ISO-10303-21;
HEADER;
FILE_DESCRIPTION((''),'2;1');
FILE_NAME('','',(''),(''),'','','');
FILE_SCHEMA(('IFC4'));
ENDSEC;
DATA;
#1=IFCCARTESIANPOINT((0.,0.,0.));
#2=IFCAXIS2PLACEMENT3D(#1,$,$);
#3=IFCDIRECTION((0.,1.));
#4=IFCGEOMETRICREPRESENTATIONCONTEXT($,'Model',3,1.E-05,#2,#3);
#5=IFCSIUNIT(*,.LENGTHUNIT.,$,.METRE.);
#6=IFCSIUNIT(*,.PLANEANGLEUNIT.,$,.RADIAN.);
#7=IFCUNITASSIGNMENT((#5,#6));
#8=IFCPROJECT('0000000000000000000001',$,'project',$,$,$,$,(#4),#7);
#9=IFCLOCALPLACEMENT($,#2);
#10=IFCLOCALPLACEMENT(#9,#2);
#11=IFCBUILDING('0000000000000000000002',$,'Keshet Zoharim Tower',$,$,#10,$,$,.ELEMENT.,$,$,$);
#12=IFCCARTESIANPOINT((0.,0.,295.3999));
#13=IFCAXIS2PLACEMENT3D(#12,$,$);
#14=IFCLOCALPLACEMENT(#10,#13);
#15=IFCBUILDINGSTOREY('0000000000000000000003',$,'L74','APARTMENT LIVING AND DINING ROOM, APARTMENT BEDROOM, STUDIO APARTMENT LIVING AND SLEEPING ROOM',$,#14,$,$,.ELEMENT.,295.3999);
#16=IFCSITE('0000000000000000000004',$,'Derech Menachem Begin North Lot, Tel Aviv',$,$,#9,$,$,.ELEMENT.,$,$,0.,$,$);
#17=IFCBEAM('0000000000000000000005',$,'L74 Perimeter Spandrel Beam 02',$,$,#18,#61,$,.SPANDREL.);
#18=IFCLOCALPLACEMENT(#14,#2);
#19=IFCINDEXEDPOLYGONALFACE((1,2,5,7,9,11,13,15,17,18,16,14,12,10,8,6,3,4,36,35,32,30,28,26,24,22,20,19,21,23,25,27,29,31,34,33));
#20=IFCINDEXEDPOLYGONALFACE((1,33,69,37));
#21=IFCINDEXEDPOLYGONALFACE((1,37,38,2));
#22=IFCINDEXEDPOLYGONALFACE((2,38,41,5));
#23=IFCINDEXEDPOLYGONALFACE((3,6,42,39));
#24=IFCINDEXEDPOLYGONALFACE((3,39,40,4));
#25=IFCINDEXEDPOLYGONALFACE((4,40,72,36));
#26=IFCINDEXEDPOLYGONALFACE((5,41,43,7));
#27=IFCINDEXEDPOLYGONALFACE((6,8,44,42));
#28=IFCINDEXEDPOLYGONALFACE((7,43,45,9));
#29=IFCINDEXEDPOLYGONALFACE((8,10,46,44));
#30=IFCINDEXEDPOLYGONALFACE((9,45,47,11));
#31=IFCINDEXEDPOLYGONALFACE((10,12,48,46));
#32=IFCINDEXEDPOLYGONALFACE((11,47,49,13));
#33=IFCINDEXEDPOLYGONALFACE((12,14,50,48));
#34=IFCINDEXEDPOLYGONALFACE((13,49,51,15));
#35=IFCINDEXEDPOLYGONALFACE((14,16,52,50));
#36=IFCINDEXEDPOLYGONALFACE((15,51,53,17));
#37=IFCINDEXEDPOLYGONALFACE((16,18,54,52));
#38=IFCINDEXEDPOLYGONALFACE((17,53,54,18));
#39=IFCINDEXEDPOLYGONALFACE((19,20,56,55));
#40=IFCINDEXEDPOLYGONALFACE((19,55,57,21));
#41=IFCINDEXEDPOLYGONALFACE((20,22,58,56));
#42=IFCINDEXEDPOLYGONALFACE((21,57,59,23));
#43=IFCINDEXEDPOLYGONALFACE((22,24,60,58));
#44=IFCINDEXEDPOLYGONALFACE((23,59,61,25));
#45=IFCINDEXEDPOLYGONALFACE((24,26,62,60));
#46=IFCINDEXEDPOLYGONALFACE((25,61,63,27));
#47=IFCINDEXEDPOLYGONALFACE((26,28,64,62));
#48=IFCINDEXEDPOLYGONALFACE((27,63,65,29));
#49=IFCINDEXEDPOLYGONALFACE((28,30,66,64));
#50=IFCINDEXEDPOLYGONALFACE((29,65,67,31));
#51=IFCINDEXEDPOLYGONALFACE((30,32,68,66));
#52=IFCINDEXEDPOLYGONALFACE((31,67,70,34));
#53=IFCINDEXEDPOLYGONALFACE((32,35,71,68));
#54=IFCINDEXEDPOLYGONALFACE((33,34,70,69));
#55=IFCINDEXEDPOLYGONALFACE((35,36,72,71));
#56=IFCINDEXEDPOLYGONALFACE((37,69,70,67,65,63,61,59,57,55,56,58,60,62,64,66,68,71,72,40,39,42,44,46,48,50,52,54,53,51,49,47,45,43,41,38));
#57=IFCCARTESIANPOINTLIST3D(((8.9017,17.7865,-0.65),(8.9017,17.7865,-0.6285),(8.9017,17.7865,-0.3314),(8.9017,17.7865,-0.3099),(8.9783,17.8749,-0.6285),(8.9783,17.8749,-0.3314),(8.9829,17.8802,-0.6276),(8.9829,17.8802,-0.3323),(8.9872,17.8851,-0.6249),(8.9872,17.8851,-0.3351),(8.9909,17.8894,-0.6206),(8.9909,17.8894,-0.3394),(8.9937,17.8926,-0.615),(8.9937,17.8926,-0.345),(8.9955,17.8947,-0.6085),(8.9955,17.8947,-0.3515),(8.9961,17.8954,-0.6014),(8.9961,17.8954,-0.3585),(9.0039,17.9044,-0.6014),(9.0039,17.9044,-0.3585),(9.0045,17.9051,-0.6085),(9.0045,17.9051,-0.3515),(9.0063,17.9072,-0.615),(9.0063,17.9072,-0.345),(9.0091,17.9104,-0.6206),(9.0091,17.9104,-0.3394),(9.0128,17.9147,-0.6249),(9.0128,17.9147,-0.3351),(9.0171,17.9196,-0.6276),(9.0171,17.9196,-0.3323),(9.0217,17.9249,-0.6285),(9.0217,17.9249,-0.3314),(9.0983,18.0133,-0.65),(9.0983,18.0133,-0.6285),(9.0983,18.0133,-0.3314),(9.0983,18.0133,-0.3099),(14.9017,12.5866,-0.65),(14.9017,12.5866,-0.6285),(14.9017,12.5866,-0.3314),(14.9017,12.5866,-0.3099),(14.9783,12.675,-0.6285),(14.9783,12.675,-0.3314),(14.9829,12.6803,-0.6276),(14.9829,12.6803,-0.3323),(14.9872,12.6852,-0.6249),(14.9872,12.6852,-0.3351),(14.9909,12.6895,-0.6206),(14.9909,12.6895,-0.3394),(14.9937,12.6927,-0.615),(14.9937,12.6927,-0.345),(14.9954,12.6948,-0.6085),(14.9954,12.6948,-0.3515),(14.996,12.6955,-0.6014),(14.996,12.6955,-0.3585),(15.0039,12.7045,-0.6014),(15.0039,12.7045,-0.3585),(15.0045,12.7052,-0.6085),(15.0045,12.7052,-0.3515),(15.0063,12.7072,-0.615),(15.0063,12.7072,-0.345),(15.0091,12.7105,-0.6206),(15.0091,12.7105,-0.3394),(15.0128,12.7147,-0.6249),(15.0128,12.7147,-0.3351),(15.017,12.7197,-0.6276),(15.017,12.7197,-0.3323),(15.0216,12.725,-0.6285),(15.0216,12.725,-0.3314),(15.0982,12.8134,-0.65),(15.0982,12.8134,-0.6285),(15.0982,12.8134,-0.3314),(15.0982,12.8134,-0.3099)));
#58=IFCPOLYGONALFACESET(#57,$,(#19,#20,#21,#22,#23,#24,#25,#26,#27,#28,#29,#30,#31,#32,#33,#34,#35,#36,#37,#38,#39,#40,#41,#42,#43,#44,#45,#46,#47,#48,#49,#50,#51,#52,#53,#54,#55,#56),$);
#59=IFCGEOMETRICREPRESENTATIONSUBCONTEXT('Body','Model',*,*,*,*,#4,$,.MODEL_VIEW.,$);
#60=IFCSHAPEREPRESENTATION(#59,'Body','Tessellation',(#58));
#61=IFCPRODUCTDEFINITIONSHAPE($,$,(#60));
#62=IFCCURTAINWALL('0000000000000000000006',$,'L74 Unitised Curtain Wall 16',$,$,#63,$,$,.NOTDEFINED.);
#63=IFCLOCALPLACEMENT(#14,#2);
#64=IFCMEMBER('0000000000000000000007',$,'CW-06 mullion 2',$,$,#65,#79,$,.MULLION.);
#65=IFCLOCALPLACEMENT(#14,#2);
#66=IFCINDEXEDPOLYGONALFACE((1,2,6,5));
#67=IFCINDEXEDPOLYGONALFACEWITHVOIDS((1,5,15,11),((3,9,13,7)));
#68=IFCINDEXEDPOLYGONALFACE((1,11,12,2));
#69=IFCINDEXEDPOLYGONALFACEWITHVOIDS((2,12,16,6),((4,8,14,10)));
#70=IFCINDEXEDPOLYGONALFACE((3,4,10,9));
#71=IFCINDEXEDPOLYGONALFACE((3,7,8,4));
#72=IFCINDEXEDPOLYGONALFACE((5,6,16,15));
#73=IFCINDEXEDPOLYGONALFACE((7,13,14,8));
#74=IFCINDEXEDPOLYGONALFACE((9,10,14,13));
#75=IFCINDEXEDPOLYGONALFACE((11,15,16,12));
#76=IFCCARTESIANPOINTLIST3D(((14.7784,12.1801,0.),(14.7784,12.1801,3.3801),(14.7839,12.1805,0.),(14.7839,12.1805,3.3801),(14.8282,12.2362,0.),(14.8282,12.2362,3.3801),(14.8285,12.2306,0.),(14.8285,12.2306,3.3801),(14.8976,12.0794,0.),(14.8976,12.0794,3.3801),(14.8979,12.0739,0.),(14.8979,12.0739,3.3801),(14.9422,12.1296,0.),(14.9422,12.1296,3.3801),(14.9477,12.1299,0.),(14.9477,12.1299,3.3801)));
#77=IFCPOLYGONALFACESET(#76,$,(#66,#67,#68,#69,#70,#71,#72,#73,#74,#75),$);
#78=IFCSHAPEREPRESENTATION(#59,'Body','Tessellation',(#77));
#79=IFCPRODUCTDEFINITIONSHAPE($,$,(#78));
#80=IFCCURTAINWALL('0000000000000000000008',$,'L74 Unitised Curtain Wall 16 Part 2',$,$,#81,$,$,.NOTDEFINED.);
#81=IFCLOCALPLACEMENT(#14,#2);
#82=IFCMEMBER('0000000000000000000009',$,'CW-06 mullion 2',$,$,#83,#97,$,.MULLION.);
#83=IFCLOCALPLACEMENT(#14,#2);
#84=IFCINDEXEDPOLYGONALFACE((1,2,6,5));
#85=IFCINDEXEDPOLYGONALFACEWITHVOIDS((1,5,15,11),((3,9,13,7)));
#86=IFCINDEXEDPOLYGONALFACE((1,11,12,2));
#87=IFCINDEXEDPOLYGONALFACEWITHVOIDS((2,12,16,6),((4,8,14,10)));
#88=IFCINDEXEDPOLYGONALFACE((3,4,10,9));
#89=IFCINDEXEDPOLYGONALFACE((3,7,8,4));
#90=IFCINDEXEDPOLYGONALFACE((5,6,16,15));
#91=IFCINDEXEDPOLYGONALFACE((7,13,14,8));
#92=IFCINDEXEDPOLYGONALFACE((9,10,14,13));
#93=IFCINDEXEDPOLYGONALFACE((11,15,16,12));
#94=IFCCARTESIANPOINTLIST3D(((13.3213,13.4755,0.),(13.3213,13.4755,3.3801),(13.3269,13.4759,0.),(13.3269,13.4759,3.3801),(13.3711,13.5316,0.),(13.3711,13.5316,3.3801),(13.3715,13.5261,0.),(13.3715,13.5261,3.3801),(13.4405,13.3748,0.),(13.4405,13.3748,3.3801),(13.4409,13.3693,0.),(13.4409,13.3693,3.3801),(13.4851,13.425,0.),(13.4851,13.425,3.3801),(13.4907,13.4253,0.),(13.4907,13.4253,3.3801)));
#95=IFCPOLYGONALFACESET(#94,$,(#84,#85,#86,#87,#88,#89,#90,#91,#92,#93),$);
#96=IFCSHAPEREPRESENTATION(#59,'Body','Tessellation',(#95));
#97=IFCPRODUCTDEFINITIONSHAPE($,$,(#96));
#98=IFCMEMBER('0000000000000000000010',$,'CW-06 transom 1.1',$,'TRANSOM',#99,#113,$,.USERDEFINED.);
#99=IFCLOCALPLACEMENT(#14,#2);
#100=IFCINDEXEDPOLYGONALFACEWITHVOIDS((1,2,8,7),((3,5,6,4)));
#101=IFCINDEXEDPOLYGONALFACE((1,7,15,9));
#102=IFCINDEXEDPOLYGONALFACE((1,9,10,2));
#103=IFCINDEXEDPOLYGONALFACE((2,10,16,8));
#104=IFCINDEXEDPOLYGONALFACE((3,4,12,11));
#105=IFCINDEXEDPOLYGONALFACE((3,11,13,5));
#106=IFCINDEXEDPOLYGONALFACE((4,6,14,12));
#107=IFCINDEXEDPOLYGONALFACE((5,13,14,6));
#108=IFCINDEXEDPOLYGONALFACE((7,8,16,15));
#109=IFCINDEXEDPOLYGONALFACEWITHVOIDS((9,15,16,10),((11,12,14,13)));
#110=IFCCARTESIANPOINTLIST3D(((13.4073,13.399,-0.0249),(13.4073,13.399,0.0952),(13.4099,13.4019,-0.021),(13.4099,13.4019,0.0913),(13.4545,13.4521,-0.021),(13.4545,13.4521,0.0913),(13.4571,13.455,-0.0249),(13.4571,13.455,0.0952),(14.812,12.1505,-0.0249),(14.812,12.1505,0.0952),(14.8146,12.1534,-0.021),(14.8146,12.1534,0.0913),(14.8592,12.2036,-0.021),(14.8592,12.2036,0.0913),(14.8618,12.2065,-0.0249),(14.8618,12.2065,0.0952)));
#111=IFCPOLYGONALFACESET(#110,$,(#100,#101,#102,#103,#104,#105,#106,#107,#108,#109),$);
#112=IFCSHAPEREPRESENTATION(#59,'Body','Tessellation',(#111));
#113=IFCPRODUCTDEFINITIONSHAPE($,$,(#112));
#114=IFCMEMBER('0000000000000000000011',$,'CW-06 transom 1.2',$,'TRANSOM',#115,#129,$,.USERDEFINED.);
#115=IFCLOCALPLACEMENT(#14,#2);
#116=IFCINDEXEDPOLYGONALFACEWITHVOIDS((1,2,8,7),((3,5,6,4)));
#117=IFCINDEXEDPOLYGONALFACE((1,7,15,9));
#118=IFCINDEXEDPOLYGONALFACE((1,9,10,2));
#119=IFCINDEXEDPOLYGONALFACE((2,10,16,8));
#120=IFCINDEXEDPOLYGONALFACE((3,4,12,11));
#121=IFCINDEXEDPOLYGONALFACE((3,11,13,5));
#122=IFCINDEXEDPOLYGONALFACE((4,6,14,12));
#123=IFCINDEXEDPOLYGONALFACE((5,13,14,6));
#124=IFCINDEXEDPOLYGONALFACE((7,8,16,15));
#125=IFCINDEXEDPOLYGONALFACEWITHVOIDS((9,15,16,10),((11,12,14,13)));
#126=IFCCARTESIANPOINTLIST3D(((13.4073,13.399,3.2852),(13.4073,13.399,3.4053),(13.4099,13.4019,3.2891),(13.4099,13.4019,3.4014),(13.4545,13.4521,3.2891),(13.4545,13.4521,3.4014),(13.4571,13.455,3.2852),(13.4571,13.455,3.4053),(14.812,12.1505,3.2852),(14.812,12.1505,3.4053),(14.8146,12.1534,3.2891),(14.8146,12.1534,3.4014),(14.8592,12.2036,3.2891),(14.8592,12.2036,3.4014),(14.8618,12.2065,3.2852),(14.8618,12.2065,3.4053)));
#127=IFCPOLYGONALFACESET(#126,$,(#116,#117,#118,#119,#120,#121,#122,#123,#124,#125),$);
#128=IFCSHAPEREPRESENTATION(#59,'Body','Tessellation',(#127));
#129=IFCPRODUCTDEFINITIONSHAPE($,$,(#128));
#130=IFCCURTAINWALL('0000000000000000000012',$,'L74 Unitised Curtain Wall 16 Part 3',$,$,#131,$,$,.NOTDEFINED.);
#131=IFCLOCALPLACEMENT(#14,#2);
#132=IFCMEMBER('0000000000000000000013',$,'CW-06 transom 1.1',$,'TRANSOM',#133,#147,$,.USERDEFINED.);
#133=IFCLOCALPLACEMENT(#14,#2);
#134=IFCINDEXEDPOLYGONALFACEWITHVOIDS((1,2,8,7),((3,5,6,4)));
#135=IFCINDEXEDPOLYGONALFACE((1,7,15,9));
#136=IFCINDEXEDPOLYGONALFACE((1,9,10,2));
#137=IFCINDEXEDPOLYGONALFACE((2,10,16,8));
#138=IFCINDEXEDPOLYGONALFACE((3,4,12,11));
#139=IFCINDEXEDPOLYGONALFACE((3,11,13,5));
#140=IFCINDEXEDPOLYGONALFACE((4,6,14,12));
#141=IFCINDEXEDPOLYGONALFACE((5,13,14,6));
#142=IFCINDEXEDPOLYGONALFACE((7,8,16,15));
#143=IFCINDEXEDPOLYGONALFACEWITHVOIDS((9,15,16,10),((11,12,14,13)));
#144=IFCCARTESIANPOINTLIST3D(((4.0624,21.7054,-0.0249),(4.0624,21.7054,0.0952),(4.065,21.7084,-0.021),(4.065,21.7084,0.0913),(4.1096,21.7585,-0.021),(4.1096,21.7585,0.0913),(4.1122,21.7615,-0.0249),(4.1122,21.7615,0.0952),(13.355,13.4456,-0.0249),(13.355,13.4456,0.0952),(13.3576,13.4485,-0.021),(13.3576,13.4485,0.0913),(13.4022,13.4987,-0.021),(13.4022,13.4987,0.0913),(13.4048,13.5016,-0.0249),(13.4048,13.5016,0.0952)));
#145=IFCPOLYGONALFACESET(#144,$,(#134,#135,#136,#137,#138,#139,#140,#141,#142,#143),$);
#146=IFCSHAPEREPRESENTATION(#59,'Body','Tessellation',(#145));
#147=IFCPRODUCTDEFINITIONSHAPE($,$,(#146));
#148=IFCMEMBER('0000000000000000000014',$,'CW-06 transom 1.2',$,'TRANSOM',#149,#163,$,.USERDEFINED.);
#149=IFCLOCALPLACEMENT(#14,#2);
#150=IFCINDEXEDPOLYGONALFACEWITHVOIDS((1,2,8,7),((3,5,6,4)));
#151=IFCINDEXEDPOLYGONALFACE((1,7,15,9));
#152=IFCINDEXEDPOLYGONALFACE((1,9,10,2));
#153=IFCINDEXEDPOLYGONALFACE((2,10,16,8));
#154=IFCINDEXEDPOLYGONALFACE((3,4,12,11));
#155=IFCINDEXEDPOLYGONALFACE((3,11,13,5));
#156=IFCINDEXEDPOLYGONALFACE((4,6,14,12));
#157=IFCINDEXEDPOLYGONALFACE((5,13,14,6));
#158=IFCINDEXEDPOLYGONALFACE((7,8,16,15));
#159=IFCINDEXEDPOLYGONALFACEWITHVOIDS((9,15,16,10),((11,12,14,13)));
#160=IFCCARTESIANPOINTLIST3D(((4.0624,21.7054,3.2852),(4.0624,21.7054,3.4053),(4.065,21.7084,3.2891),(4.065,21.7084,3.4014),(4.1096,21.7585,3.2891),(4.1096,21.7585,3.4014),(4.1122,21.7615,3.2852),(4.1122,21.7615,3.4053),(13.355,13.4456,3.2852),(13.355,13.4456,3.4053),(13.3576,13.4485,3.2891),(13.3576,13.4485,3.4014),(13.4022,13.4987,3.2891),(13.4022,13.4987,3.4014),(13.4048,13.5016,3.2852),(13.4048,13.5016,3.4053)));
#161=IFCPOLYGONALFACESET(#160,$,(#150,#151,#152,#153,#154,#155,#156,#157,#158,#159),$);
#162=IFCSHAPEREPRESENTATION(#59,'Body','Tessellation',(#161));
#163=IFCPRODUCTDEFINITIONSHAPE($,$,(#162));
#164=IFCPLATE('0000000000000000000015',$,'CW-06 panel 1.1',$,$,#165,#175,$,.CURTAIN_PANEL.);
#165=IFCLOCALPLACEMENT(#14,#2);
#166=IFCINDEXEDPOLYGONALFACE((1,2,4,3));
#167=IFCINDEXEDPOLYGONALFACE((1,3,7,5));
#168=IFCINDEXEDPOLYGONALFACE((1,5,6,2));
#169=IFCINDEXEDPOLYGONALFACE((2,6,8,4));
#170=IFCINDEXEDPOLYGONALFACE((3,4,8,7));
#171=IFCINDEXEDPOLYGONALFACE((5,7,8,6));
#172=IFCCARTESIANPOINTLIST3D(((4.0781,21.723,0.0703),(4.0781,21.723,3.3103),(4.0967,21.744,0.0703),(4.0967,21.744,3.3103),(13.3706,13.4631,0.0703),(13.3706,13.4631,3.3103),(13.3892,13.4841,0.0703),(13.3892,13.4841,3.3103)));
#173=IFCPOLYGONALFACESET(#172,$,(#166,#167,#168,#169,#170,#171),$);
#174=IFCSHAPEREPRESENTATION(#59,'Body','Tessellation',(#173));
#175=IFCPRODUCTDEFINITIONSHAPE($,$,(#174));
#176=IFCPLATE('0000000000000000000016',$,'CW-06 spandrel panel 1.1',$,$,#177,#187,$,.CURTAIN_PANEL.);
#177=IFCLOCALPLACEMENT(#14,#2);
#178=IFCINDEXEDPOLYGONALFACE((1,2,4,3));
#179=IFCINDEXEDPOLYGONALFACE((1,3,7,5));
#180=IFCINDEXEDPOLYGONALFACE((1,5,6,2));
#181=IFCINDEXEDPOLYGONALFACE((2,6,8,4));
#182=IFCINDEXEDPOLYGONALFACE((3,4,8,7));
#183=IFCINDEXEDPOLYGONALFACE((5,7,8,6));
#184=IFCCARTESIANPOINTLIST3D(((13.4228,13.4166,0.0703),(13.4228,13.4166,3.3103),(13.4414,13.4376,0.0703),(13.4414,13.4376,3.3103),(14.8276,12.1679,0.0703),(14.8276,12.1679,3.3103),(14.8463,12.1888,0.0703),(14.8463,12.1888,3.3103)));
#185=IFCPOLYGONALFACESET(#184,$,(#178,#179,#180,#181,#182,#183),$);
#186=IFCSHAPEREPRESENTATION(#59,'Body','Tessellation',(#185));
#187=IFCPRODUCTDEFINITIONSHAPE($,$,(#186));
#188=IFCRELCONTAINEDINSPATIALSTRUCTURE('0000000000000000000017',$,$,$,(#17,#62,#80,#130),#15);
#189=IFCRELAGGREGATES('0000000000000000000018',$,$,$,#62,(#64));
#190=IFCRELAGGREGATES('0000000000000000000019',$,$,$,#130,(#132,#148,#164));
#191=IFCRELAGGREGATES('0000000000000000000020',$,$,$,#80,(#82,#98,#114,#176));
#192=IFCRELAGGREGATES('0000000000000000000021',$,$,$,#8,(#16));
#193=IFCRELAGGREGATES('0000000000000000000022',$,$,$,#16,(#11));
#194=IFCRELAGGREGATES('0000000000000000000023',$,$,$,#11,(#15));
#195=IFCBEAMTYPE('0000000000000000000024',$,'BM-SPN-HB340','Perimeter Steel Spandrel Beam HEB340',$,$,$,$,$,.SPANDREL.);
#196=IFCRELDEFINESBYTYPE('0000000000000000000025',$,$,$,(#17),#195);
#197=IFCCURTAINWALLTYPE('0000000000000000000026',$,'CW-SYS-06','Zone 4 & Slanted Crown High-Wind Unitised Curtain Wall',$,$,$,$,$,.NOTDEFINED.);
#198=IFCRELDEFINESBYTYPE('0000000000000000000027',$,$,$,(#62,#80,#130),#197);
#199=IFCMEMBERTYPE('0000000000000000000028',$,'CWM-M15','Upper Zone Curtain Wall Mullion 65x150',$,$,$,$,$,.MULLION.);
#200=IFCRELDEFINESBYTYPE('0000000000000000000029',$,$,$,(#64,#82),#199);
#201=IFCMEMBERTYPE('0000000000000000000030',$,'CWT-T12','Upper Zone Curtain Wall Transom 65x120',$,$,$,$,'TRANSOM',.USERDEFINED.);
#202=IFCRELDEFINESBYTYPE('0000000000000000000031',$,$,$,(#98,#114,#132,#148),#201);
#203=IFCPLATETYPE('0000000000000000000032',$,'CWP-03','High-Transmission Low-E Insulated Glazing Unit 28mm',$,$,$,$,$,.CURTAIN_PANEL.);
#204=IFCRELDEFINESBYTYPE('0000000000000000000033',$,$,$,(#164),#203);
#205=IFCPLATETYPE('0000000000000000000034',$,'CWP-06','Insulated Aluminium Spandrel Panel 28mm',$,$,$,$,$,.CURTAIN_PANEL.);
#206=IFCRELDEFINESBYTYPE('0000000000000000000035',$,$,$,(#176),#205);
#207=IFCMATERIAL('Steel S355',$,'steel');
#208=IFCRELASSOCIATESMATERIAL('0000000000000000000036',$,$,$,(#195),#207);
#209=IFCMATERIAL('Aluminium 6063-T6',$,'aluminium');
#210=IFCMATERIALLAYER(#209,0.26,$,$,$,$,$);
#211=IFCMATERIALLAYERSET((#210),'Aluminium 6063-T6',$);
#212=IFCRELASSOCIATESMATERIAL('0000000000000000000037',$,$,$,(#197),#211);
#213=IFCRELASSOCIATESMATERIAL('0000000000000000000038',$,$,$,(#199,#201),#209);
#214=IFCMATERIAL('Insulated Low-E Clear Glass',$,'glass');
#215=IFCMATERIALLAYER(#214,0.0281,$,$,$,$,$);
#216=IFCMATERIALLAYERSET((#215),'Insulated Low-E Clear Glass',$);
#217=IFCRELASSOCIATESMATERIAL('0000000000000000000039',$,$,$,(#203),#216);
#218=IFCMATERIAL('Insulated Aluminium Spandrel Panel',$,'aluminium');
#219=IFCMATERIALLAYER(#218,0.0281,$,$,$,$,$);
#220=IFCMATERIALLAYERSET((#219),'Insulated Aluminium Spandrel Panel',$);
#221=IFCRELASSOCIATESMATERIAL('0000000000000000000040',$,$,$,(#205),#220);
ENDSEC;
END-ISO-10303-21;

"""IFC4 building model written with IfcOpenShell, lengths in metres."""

from ifc_helpers import new_model, si_unit, direction, frame, origin, origin_2d, place, context, subcontext, project, spatial, rectangle, hollow_rectangle, i_section, extrude, material, layer, layer_set, material_profile, profile_set, type_object, element, aggregate, save


model = new_model("IFC4")

# Units and contexts
model_context = context("Model", 3, precision=1e-05, world=origin(), true_north=direction((0.0, 1.0)))
body_context = subcontext(model_context, "Body", "Model", "MODEL_VIEW")
ifc_project = project(units=[si_unit("LENGTHUNIT", "METRE"), si_unit("PLANEANGLEUNIT", "RADIAN")], contexts=[model_context])

# Site, building, storey
site_placement = place(None, origin())
site = spatial("IfcSite", under=ifc_project, at=site_placement, Name="Derech Menachem Begin North Lot, Tel Aviv", CompositionType="ELEMENT", RefElevation=0.0)
building_placement = place(site_placement, origin())
building = spatial("IfcBuilding", under=site, at=building_placement, Name="Keshet Zoharim Tower", CompositionType="ELEMENT")
storey_placement = place(building_placement, frame((0.0, 0.0, 295.3999)))
storey = spatial("IfcBuildingStorey", under=building, at=storey_placement, Name="L74", Description="APARTMENT LIVING AND DINING ROOM, APARTMENT BEDROOM, STUDIO APARTMENT LIVING AND SLEEPING ROOM", CompositionType="ELEMENT", Elevation=295.3999)

# Shared definitions
ifc_material_1 = material(Name="Steel S355", Category="steel")

# Beam
ifc_material_profile_1 = material_profile(ifc_material_1, i_section(OverallWidth=0.3, OverallDepth=0.3401, WebThickness=0.012, FlangeThickness=0.0215, FilletRadius=0.0271, at=origin_2d()), Name="HEB340")
ifc_profile_set_1 = profile_set([ifc_material_profile_1], Name="Steel S355")
beam_type_1 = type_object("IfcBeamType", Name="BM-SPN-HB340", Description="Perimeter Steel Spandrel Beam HEB340", PredefinedType="SPANDREL", material=ifc_profile_set_1)
beam_1_placement = place(storey_placement, frame((9.0, 17.8999, -0.48), z_axis=(0.755692, -0.654927, 0.0), x_axis=(0.654927, 0.755692, 0.0)))
element("IfcBeam", 1, at=beam_1_placement, inside=storey, type_object=beam_type_1, Name="L74 Perimeter Spandrel Beam 02", PredefinedType="SPANDREL", context=body_context, shape_type="SweptSolid", body=[
    extrude(i_section(OverallWidth=0.3, OverallDepth=0.3401, WebThickness=0.012, FlangeThickness=0.0215, FilletRadius=0.0271, at=origin_2d()), origin(), (0.0, 0.0, 1.0), 7.9397),
])

# Curtain wall, member
ifc_material_2 = material(Name="Aluminium 6063-T6", Category="aluminium")
ifc_layer_1 = layer(ifc_material_2, 0.26)
ifc_layer_set_1 = layer_set([ifc_layer_1], Name="Aluminium 6063-T6")
curtain_wall_type = type_object("IfcCurtainWallType", Name="CW-SYS-06", Description="Zone 4 & Slanted Crown High-Wind Unitised Curtain Wall", PredefinedType="NOTDEFINED", material=ifc_layer_set_1)
curtain_wall_1_placement = place(storey_placement, origin())
curtain_wall_1 = element("IfcCurtainWall", 2, at=curtain_wall_1_placement, inside=storey, type_object=curtain_wall_type, Name="L74 Unitised Curtain Wall 16", PredefinedType="NOTDEFINED")
ifc_material_profile_2 = material_profile(ifc_material_2, hollow_rectangle(XDim=0.075, YDim=0.1599, WallThickness=0.0039, at=origin_2d()), Name="MUL-75x160")
ifc_profile_set_2 = profile_set([ifc_material_profile_2], Name="Aluminium 6063-T6")
member_type_1 = type_object("IfcMemberType", Name="CWM-M15", Description="Upper Zone Curtain Wall Mullion 65x150", PredefinedType="MULLION", material=ifc_profile_set_2)
member_1_placement = place(storey_placement, frame((14.863, 12.155, 0.0), z_axis=(0.0, 0.0, 1.0), x_axis=(-0.664362, -0.747411, 0.0)))
member_1 = element("IfcMember", 3, at=member_1_placement, type_object=member_type_1, Name="CW-06 mullion 2", PredefinedType="MULLION", context=body_context, shape_type="SweptSolid", body=[
    extrude(hollow_rectangle(XDim=0.075, YDim=0.1599, WallThickness=0.0039, at=origin_2d()), origin(), (0.0, 0.0, 1.0), 3.3801),
])
aggregate(curtain_wall_1, [member_1])

# Curtain wall, members
curtain_wall_2_placement = place(storey_placement, origin())
curtain_wall_2 = element("IfcCurtainWall", 4, at=curtain_wall_2_placement, inside=storey, type_object=curtain_wall_type, Name="L74 Unitised Curtain Wall 16 Part 2", PredefinedType="NOTDEFINED")
member_2_placement = place(storey_placement, frame((13.406, 13.4504, 0.0), z_axis=(0.0, 0.0, 1.0), x_axis=(-0.664364, -0.747409, 0.0)))
member_2 = element("IfcMember", 5, at=member_2_placement, type_object=member_type_1, Name="CW-06 mullion 2", PredefinedType="MULLION", context=body_context, shape_type="SweptSolid", body=[
    extrude(hollow_rectangle(XDim=0.075, YDim=0.1599, WallThickness=0.0039, at=origin_2d()), origin(), (0.0, 0.0, 1.0), 3.3801),
])
ifc_material_profile_3 = material_profile(ifc_material_2, hollow_rectangle(XDim=0.075, YDim=0.1201, WallThickness=0.0039, at=origin_2d()), Name="TRN-75x120")
ifc_profile_set_3 = profile_set([ifc_material_profile_3], Name="Aluminium 6063-T6")
member_type_2 = type_object("IfcMemberType", Name="CWT-T12", Description="Upper Zone Curtain Wall Transom 65x120", ElementType="TRANSOM", PredefinedType="USERDEFINED", material=ifc_profile_set_3)
member_3_placement = place(storey_placement, frame((14.8369, 12.1785, 0.0352), z_axis=(-0.747452, 0.664315, 0.0), x_axis=(-0.664315, -0.747452, 0.0)))
member_3 = element("IfcMember", 6, at=member_3_placement, type_object=member_type_2, Name="CW-06 transom 1.1", ObjectType="TRANSOM", PredefinedType="USERDEFINED", context=body_context, shape_type="SweptSolid", body=[
    extrude(hollow_rectangle(XDim=0.075, YDim=0.1201, WallThickness=0.0039, at=origin_2d()), origin(), (0.0, 0.0, 1.0), 1.8794),
])
member_4_placement = place(storey_placement, frame((14.8369, 12.1785, 3.3452), z_axis=(-0.747452, 0.664315, 0.0), x_axis=(-0.664315, -0.747452, 0.0)))
member_4 = element("IfcMember", 7, at=member_4_placement, type_object=member_type_2, Name="CW-06 transom 1.2", ObjectType="TRANSOM", PredefinedType="USERDEFINED", context=body_context, shape_type="SweptSolid", body=[
    extrude(hollow_rectangle(XDim=0.075, YDim=0.1201, WallThickness=0.0039, at=origin_2d()), origin(), (0.0, 0.0, 1.0), 1.8794),
])

# Curtain wall, members, plate
curtain_wall_3_placement = place(storey_placement, origin())
curtain_wall_3 = element("IfcCurtainWall", 8, at=curtain_wall_3_placement, inside=storey, type_object=curtain_wall_type, Name="L74 Unitised Curtain Wall 16 Part 3", PredefinedType="NOTDEFINED")
member_5_placement = place(storey_placement, frame((13.3799, 13.4736, 0.0352), z_axis=(-0.747418, 0.664354, 0.0), x_axis=(-0.664354, -0.747418, 0.0)))
member_5 = element("IfcMember", 9, at=member_5_placement, type_object=member_type_2, Name="CW-06 transom 1.1", ObjectType="TRANSOM", PredefinedType="USERDEFINED", context=body_context, shape_type="SweptSolid", body=[
    extrude(hollow_rectangle(XDim=0.075, YDim=0.1201, WallThickness=0.0039, at=origin_2d()), origin(), (0.0, 0.0, 1.0), 12.4329),
])
member_6_placement = place(storey_placement, frame((13.3799, 13.4736, 3.3452), z_axis=(-0.747418, 0.664354, 0.0), x_axis=(-0.664354, -0.747418, 0.0)))
member_6 = element("IfcMember", 10, at=member_6_placement, type_object=member_type_2, Name="CW-06 transom 1.2", ObjectType="TRANSOM", PredefinedType="USERDEFINED", context=body_context, shape_type="SweptSolid", body=[
    extrude(hollow_rectangle(XDim=0.075, YDim=0.1201, WallThickness=0.0039, at=origin_2d()), origin(), (0.0, 0.0, 1.0), 12.4329),
])
ifc_material_3 = material(Name="Insulated Low-E Clear Glass", Category="glass")
ifc_layer_2 = layer(ifc_material_3, 0.0281)
ifc_layer_set_2 = layer_set([ifc_layer_2], Name="Insulated Low-E Clear Glass")
plate_type_1 = type_object("IfcPlateType", Name="CWP-03", Description="High-Transmission Low-E Insulated Glazing Unit 28mm", PredefinedType="CURTAIN_PANEL", material=ifc_layer_set_2)
plate_1_placement = place(storey_placement, frame((8.7336, 17.6035, 0.0703), z_axis=(0.0, 0.0, 1.0), x_axis=(-0.747413, 0.66436, 0.0)))
plate_1 = element("IfcPlate", 11, at=plate_1_placement, type_object=plate_type_1, Name="CW-06 panel 1.1", PredefinedType="CURTAIN_PANEL", context=body_context, shape_type="SweptSolid", body=[
    extrude(rectangle(XDim=12.4329, YDim=0.0281, at=origin_2d()), origin(), (0.0, 0.0, 1.0), 3.24),
])
aggregate(curtain_wall_3, [member_5, member_6, plate_1])

# Plate
ifc_material_4 = material(Name="Insulated Aluminium Spandrel Panel", Category="aluminium")
ifc_layer_3 = layer(ifc_material_4, 0.0281)
ifc_layer_set_3 = layer_set([ifc_layer_3], Name="Insulated Aluminium Spandrel Panel")
plate_type_2 = type_object("IfcPlateType", Name="CWP-06", Description="Insulated Aluminium Spandrel Panel 28mm", PredefinedType="CURTAIN_PANEL", material=ifc_layer_set_3)
plate_2_placement = place(storey_placement, frame((14.1345, 12.8027, 0.0703), z_axis=(0.0, 0.0, 1.0), x_axis=(-0.747409, 0.664364, 0.0)))
plate_2 = element("IfcPlate", 12, at=plate_2_placement, type_object=plate_type_2, Name="CW-06 spandrel panel 1.1", PredefinedType="CURTAIN_PANEL", context=body_context, shape_type="SweptSolid", body=[
    extrude(rectangle(XDim=1.8796, YDim=0.0281, at=origin_2d()), origin(), (0.0, 0.0, 1.0), 3.24),
])
aggregate(curtain_wall_2, [member_2, member_3, member_4, plate_2])

save(model, "model.ifc")
